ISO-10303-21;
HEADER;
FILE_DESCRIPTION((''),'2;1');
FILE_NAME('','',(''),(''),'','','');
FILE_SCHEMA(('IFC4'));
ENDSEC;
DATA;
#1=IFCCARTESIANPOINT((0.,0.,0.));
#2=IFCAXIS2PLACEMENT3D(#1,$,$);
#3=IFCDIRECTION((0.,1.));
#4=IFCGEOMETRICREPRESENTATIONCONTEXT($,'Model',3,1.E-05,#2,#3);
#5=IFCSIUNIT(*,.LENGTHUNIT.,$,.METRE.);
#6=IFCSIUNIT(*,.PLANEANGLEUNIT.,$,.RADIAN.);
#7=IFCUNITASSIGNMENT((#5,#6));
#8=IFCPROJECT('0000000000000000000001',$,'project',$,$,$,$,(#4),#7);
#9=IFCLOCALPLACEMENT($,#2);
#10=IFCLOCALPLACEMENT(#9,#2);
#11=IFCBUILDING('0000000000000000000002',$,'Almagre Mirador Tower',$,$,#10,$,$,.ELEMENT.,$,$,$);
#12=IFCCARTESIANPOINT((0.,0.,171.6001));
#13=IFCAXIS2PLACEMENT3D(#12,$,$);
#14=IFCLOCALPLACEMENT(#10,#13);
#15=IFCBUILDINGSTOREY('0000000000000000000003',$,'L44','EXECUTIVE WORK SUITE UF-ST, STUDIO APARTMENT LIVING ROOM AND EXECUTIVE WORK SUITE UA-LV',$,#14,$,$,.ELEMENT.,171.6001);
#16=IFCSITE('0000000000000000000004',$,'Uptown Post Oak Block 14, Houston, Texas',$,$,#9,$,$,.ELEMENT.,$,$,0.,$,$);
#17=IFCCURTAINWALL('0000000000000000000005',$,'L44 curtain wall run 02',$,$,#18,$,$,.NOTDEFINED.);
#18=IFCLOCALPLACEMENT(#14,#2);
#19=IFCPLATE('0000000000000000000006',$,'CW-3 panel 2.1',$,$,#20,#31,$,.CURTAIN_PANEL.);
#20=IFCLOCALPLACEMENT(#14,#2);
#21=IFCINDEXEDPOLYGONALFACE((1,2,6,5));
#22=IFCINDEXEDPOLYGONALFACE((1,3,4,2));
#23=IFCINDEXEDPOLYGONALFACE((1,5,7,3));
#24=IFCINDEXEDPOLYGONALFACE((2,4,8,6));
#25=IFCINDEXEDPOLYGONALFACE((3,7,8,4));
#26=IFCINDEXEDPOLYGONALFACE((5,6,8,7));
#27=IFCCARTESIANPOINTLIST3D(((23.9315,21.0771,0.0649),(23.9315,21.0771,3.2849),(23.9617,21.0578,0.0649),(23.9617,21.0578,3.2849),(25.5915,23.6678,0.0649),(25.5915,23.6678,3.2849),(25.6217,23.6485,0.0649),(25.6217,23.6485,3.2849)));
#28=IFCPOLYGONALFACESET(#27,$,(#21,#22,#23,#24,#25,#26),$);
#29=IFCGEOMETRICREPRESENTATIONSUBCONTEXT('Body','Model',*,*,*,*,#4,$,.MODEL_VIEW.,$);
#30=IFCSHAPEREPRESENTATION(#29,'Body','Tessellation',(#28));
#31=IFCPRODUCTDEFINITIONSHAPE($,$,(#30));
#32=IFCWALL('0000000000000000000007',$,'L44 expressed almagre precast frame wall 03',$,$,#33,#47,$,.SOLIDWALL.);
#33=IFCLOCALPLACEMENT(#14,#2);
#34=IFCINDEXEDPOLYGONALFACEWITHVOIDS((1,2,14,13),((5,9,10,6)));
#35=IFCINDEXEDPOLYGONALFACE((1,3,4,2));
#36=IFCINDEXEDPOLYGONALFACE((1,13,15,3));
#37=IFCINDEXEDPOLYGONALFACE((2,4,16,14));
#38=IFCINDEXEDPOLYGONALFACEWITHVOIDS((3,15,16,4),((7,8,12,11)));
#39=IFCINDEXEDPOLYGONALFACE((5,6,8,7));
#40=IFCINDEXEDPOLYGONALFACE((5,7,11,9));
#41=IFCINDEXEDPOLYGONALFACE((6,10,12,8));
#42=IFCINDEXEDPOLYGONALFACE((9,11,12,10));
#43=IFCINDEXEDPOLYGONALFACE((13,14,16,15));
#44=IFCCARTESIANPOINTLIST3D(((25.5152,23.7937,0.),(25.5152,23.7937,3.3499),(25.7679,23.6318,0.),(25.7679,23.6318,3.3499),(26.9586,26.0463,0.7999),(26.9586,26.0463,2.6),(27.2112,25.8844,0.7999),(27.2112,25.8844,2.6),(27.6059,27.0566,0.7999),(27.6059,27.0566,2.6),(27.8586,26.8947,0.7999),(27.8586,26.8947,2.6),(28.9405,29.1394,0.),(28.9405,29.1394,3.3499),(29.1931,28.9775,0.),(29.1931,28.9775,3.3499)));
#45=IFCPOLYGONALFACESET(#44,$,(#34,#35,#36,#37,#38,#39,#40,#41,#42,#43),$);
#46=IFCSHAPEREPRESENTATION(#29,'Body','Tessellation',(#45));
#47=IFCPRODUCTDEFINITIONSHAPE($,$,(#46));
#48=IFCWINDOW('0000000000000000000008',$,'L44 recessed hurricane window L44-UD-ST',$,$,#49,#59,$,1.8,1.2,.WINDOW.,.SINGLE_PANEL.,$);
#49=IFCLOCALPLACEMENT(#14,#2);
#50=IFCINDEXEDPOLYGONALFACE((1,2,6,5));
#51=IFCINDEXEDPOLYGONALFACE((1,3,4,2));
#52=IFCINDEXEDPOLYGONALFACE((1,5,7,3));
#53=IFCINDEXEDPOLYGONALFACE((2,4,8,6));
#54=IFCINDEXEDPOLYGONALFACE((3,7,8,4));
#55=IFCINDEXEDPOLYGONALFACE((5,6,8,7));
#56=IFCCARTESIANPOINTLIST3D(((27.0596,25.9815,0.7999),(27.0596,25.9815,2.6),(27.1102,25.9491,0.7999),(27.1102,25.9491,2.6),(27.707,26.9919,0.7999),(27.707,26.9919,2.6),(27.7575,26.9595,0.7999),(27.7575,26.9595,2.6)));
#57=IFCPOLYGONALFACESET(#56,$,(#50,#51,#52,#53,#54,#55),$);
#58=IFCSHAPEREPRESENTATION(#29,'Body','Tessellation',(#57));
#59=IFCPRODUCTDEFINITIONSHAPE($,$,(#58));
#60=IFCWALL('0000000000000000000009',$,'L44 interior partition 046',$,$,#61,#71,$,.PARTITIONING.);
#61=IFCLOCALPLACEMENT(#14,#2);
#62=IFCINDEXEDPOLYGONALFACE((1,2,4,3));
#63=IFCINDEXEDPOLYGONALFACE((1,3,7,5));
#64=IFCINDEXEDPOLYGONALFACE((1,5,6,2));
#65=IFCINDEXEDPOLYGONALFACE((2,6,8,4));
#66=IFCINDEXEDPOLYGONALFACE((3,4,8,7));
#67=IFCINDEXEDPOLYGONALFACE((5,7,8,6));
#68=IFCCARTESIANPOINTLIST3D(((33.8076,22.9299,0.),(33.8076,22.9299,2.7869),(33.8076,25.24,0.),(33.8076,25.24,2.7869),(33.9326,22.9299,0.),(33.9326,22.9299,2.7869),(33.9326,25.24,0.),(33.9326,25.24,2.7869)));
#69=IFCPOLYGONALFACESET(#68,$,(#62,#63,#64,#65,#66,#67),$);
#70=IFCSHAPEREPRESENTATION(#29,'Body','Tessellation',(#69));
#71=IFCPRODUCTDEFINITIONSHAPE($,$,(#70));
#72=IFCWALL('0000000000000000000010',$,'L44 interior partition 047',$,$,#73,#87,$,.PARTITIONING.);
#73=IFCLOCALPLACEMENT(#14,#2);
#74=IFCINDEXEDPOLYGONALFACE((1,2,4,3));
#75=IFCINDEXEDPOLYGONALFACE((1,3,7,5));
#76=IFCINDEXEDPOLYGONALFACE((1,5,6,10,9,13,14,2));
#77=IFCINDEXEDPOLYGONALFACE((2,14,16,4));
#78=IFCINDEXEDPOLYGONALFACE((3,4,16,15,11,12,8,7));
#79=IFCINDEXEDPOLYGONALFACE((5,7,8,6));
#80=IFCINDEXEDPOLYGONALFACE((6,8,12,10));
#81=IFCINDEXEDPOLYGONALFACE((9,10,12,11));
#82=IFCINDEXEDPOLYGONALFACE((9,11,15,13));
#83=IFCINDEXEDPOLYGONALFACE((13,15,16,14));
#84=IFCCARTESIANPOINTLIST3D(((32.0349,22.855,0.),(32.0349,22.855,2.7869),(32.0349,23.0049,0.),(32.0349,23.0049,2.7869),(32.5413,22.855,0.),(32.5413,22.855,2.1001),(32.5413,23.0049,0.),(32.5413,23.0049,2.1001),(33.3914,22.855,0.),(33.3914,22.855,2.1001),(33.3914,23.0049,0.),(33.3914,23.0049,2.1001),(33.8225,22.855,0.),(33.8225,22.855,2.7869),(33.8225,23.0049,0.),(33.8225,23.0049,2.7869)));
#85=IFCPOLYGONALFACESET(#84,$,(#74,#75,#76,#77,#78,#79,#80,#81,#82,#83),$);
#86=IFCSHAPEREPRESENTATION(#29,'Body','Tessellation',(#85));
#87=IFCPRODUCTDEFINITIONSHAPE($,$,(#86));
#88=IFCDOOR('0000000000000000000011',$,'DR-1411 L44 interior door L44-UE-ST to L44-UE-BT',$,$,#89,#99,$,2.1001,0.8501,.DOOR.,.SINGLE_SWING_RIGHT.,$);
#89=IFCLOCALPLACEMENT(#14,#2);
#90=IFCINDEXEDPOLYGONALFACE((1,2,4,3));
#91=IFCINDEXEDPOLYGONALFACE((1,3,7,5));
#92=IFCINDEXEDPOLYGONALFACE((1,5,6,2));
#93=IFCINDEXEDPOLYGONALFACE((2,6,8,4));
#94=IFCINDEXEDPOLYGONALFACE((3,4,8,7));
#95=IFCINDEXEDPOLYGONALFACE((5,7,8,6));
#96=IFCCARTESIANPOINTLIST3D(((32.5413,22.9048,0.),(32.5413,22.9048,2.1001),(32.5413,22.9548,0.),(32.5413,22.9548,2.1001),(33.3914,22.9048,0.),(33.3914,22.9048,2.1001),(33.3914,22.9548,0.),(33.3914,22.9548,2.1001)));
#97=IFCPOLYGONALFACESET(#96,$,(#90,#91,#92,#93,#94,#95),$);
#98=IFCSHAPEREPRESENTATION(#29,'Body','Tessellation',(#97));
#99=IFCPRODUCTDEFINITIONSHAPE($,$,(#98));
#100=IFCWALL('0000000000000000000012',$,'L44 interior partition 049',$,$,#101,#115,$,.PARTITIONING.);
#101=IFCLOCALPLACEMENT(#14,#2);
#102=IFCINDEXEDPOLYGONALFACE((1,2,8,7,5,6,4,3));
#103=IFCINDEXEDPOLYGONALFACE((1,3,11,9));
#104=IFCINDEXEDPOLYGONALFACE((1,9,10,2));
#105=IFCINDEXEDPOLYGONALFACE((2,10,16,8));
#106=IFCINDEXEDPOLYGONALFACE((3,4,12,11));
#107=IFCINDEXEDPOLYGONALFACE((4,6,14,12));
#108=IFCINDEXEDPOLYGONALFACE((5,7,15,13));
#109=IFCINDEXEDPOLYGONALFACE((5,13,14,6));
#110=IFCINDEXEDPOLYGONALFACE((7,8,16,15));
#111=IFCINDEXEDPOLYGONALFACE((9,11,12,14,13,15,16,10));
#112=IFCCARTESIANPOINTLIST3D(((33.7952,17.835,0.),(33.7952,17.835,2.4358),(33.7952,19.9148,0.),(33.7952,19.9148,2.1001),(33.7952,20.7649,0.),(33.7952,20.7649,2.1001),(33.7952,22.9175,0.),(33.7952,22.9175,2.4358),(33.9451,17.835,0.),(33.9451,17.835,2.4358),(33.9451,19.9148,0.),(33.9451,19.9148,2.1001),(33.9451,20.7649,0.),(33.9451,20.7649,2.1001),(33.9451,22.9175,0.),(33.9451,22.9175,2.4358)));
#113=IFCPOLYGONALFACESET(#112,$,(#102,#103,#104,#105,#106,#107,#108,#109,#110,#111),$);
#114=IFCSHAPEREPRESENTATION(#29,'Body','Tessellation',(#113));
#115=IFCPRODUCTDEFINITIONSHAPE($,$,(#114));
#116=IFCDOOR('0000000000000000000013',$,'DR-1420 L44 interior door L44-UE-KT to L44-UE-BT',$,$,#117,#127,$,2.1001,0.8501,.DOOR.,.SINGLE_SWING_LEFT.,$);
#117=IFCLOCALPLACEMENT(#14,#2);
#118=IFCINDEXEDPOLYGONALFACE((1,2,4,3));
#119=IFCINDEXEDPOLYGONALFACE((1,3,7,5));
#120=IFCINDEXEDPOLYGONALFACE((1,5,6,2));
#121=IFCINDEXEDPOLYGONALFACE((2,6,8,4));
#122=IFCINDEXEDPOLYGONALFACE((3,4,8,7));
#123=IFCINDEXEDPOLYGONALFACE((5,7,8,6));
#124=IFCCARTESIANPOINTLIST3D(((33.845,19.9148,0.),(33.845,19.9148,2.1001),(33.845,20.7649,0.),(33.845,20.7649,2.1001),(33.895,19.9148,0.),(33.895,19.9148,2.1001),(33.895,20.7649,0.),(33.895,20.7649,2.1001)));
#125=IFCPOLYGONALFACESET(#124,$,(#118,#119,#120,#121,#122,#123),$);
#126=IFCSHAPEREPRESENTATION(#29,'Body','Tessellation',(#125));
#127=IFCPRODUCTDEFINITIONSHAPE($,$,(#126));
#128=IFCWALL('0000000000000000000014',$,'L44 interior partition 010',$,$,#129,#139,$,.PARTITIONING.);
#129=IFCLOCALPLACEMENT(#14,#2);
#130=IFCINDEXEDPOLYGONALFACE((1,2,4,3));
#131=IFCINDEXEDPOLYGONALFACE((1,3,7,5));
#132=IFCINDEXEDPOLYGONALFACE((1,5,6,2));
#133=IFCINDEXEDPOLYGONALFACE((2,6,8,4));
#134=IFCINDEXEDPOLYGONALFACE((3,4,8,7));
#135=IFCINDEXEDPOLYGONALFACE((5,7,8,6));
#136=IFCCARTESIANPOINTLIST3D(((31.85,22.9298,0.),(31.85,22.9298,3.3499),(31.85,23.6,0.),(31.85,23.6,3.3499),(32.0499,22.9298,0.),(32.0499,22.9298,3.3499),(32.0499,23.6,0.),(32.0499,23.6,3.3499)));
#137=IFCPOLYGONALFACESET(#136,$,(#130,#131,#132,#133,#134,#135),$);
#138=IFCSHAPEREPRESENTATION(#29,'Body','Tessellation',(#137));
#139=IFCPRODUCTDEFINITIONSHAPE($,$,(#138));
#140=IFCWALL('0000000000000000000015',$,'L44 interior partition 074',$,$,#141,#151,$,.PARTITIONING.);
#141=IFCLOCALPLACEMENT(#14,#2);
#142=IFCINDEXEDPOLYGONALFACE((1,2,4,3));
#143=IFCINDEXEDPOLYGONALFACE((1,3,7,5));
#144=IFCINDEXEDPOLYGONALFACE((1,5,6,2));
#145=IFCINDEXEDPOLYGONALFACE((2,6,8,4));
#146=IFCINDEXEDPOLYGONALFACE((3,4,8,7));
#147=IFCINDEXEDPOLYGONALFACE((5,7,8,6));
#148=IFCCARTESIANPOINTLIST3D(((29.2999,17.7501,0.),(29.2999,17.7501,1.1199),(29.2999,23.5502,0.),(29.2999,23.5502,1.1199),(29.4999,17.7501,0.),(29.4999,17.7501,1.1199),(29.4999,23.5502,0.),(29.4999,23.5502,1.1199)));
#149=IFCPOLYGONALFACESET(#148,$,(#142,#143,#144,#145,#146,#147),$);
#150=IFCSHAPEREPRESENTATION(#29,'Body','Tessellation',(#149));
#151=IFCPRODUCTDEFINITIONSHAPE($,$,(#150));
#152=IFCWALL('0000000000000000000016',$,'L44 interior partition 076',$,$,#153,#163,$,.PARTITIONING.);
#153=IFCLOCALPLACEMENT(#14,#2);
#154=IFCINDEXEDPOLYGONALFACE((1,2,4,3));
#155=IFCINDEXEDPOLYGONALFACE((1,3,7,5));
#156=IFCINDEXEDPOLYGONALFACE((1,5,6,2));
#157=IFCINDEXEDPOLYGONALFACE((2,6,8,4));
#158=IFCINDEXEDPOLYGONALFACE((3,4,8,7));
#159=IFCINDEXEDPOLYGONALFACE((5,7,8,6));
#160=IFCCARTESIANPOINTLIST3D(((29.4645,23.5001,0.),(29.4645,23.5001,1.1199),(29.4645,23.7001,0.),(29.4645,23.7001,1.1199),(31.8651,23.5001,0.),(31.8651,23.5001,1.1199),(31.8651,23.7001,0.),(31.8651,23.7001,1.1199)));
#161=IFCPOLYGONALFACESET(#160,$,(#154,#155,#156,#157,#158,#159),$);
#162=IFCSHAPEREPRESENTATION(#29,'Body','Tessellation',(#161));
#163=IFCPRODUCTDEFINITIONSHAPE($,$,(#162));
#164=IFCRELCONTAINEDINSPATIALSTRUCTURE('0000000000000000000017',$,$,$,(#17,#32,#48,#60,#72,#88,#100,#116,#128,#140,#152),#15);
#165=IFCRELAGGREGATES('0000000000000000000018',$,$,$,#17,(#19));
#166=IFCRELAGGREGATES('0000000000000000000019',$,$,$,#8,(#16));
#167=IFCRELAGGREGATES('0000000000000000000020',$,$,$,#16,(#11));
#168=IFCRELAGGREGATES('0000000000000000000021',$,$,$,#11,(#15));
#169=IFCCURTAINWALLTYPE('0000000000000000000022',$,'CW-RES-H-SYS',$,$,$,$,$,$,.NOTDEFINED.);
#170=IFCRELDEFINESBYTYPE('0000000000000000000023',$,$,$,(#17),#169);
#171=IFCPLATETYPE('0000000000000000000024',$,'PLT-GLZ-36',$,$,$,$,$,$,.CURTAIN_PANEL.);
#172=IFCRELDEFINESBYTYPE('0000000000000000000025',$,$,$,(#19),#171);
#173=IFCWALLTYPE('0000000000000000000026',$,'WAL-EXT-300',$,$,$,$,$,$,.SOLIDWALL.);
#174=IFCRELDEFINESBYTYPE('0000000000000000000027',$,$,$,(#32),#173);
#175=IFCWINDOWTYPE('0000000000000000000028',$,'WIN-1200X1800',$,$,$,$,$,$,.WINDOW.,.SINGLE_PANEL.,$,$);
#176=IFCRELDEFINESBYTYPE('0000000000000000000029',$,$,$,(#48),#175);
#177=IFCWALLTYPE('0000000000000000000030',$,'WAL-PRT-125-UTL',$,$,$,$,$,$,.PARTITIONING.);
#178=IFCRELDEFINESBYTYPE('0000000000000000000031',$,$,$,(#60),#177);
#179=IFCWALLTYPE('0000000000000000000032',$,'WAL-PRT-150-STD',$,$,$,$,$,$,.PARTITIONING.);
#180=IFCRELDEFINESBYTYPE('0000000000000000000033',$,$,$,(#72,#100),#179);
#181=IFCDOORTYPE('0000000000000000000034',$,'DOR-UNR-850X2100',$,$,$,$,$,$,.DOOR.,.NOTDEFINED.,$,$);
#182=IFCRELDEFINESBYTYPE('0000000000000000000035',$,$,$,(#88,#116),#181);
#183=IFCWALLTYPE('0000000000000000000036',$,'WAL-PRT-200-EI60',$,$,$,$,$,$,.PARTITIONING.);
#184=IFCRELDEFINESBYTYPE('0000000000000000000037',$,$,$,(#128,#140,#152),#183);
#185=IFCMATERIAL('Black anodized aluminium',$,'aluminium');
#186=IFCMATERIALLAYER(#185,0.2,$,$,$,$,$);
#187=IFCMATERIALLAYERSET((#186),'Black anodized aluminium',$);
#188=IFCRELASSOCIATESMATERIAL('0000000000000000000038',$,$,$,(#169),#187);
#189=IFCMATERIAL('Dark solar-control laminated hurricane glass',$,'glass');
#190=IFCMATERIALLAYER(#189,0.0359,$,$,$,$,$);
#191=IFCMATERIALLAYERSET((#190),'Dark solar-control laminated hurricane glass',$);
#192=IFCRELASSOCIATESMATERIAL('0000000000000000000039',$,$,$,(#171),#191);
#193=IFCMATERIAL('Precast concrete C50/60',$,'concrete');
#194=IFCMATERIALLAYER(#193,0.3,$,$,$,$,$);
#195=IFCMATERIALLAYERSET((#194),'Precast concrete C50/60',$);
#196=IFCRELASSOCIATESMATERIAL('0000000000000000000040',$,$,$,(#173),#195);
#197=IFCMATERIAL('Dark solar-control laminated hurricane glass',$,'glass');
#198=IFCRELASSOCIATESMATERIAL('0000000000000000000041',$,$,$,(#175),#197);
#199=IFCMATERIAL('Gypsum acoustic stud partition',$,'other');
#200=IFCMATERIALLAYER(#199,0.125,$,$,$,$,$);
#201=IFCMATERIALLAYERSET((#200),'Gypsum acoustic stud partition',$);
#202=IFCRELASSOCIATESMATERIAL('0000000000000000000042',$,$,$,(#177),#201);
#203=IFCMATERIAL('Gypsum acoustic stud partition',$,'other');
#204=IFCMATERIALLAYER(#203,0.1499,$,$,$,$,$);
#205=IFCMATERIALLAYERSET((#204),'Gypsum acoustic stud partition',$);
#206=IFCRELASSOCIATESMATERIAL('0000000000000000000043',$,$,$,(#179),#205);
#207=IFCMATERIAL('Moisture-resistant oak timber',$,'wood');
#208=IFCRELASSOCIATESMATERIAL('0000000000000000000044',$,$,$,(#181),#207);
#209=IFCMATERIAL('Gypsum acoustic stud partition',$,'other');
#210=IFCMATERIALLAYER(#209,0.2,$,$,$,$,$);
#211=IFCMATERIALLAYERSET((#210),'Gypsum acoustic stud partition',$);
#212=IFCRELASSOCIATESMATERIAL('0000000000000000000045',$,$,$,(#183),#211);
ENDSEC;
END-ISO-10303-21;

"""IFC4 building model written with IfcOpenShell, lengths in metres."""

from ifc_helpers import new_model, si_unit, direction, frame, frame_2d, origin, origin_2d, place, context, subcontext, project, spatial, rectangle, extrude, material, layer, layer_set, type_object, element, fill, aggregate, save


model = new_model("IFC4")

# Units and contexts
model_context = context("Model", 3, precision=1e-05, world=origin(), true_north=direction((0.0, 1.0)))
body_context = subcontext(model_context, "Body", "Model", "MODEL_VIEW")
ifc_project = project(units=[si_unit("LENGTHUNIT", "METRE"), si_unit("PLANEANGLEUNIT", "RADIAN")], contexts=[model_context])

# Site, building, storey
site_placement = place(None, origin())
site = spatial("IfcSite", under=ifc_project, at=site_placement, Name="Uptown Post Oak Block 14, Houston, Texas", CompositionType="ELEMENT", RefElevation=0.0)
building_placement = place(site_placement, origin())
building = spatial("IfcBuilding", under=site, at=building_placement, Name="Almagre Mirador Tower", CompositionType="ELEMENT")
storey_placement = place(building_placement, frame((0.0, 0.0, 171.6001)))
storey = spatial("IfcBuildingStorey", under=building, at=storey_placement, Name="L44", Description="EXECUTIVE WORK SUITE UF-ST, STUDIO APARTMENT LIVING ROOM AND EXECUTIVE WORK SUITE UA-LV", CompositionType="ELEMENT", Elevation=171.6001)

# Curtain wall, plate
ifc_material_1 = material(Name="Black anodized aluminium", Category="aluminium")
ifc_layer_1 = layer(ifc_material_1, 0.2)
ifc_layer_set_1 = layer_set([ifc_layer_1], Name="Black anodized aluminium")
curtain_wall_type = type_object("IfcCurtainWallType", Name="CW-RES-H-SYS", PredefinedType="NOTDEFINED", material=ifc_layer_set_1)
curtain_wall_placement = place(storey_placement, origin())
curtain_wall = element("IfcCurtainWall", 1, at=curtain_wall_placement, inside=storey, type_object=curtain_wall_type, Name="L44 curtain wall run 02", PredefinedType="NOTDEFINED")
ifc_material_2 = material(Name="Dark solar-control laminated hurricane glass", Category="glass")
ifc_layer_2 = layer(ifc_material_2, 0.0359)
ifc_layer_set_2 = layer_set([ifc_layer_2], Name="Dark solar-control laminated hurricane glass")
plate_type = type_object("IfcPlateType", Name="PLT-GLZ-36", PredefinedType="CURTAIN_PANEL", material=ifc_layer_set_2)
plate_1_placement = place(storey_placement, frame((24.7766, 22.3628, 0.0649), z_axis=(0.0, 0.0, 1.0), x_axis=(0.539495, 0.841989, 0.0)))
plate_1 = element("IfcPlate", 2, at=plate_1_placement, type_object=plate_type, Name="CW-3 panel 2.1", PredefinedType="CURTAIN_PANEL", context=body_context, shape_type="SweptSolid", body=[
    extrude(rectangle(XDim=3.0769, YDim=0.0359, at=origin_2d()), origin(), (0.0, 0.0, 1.0), 3.22),
])
aggregate(curtain_wall, [plate_1])

# Wall, opening, window
ifc_material_3 = material(Name="Precast concrete C50/60", Category="concrete")
ifc_layer_3 = layer(ifc_material_3, 0.3)
ifc_layer_set_3 = layer_set([ifc_layer_3], Name="Precast concrete C50/60")
wall_type_1 = type_object("IfcWallType", Name="WAL-EXT-300", PredefinedType="SOLIDWALL", material=ifc_layer_set_3)
wall_1_placement = place(storey_placement, frame((25.6416, 23.7129, 0.0), z_axis=(0.0, 0.0, 1.0), x_axis=(0.539505, 0.841982, 0.0)))
wall_1 = element("IfcWall", 3, at=wall_1_placement, inside=storey, type_object=wall_type_1, Name="L44 expressed almagre precast frame wall 03", PredefinedType="SOLIDWALL", context=body_context, shape_type="SweptSolid", body=[
    extrude(rectangle(XDim=6.3489, YDim=0.3, at=frame_2d((3.1743, 0.0))), origin(), (0.0, 0.0, 1.0), 3.3499),
])
opening_1_placement = place(wall_1_placement, frame((2.675, 0.0, 0.8)))
opening_1 = element("IfcOpeningElement", 4, at=opening_1_placement, cuts=wall_1, PredefinedType="OPENING", context=body_context, shape_type="SweptSolid", body=[
    extrude(rectangle(XDim=1.2, YDim=1.8, at=frame_2d((0.6001, 0.8999))), frame((0.0, 0.1599, 0.0), z_axis=(0.0, -1.0, 0.0), x_axis=(1.0, 0.0, 0.0)), (0.0, 0.0, 1.0), 0.32),
])
ifc_material_4 = material(Name="Dark solar-control laminated hurricane glass", Category="glass")
window_type = type_object("IfcWindowType", Name="WIN-1200X1800", PartitioningType="SINGLE_PANEL", PredefinedType="WINDOW", material=ifc_material_4)
window_placement = place(opening_1_placement, origin())
window = element("IfcWindow", 5, at=window_placement, inside=storey, type_object=window_type, Name="L44 recessed hurricane window L44-UD-ST", OverallHeight=1.8, OverallWidth=1.2, PartitioningType="SINGLE_PANEL", PredefinedType="WINDOW", context=body_context, shape_type="SweptSolid", body=[
    extrude(rectangle(XDim=1.2, YDim=1.8, at=frame_2d((0.6001, 0.8999))), frame((0.0, 0.03, 0.0), z_axis=(0.0, -1.0, 0.0), x_axis=(1.0, 0.0, 0.0)), (0.0, 0.0, 1.0), 0.0601),
])
fill(opening_1, window)

# Wall
ifc_material_5 = material(Name="Gypsum acoustic stud partition", Category="other")
ifc_layer_4 = layer(ifc_material_5, 0.125)
ifc_layer_set_4 = layer_set([ifc_layer_4], Name="Gypsum acoustic stud partition")
wall_type_2 = type_object("IfcWallType", Name="WAL-PRT-125-UTL", PredefinedType="PARTITIONING", material=ifc_layer_set_4)
wall_2_placement = place(storey_placement, frame((33.8701, 22.9299, 0.0), z_axis=(0.0, 0.0, 1.0), x_axis=(0.0, 1.0, 0.0)))
element("IfcWall", 6, at=wall_2_placement, inside=storey, type_object=wall_type_2, Name="L44 interior partition 046", PredefinedType="PARTITIONING", context=body_context, shape_type="SweptSolid", body=[
    extrude(rectangle(XDim=2.3101, YDim=0.125, at=frame_2d((1.155, 0.0))), origin(), (0.0, 0.0, 1.0), 2.7869),
])

# Walls, openings, doors
ifc_material_6 = material(Name="Gypsum acoustic stud partition", Category="other")
ifc_layer_5 = layer(ifc_material_6, 0.1499)
ifc_layer_set_5 = layer_set([ifc_layer_5], Name="Gypsum acoustic stud partition")
wall_type_3 = type_object("IfcWallType", Name="WAL-PRT-150-STD", PredefinedType="PARTITIONING", material=ifc_layer_set_5)
wall_3_placement = place(storey_placement, frame((32.0349, 22.9299, 0.0), z_axis=(0.0, 0.0, 1.0), x_axis=(1.0, 0.0, 0.0)))
wall_3 = element("IfcWall", 7, at=wall_3_placement, inside=storey, type_object=wall_type_3, Name="L44 interior partition 047", PredefinedType="PARTITIONING", context=body_context, shape_type="SweptSolid", body=[
    extrude(rectangle(XDim=1.7876, YDim=0.1499, at=frame_2d((0.8938, 0.0))), origin(), (0.0, 0.0, 1.0), 2.7869),
])
opening_2_placement = place(wall_3_placement, frame((0.5063, 0.0, 0.0)))
opening_2 = element("IfcOpeningElement", 8, at=opening_2_placement, cuts=wall_3, PredefinedType="OPENING", context=body_context, shape_type="SweptSolid", body=[
    extrude(rectangle(XDim=0.8501, YDim=2.1001, at=frame_2d((0.425, 1.05))), frame((0.0, 0.085, 0.0), z_axis=(0.0, -1.0, 0.0), x_axis=(1.0, 0.0, 0.0)), (0.0, 0.0, 1.0), 0.1699),
])
ifc_material_7 = material(Name="Moisture-resistant oak timber", Category="wood")
door_type = type_object("IfcDoorType", Name="DOR-UNR-850X2100", OperationType="NOTDEFINED", PredefinedType="DOOR", material=ifc_material_7)
door_1_placement = place(opening_2_placement, origin())
door_1 = element("IfcDoor", 9, at=door_1_placement, inside=storey, type_object=door_type, Name="DR-1411 L44 interior door L44-UE-ST to L44-UE-BT", OperationType="SINGLE_SWING_RIGHT", OverallHeight=2.1001, OverallWidth=0.8501, PredefinedType="DOOR", context=body_context, shape_type="SweptSolid", body=[
    extrude(rectangle(XDim=0.8501, YDim=2.1001, at=frame_2d((0.425, 1.05))), frame((0.0, 0.0249, 0.0), z_axis=(0.0, -1.0, 0.0), x_axis=(1.0, 0.0, 0.0)), (0.0, 0.0, 1.0), 0.05),
])
fill(opening_2, door_1)
wall_4_placement = place(storey_placement, frame((33.8701, 22.9175, 0.0), z_axis=(0.0, 0.0, 1.0), x_axis=(0.0, -1.0, 0.0)))
wall_4 = element("IfcWall", 10, at=wall_4_placement, inside=storey, type_object=wall_type_3, Name="L44 interior partition 049", PredefinedType="PARTITIONING", context=body_context, shape_type="SweptSolid", body=[
    extrude(rectangle(XDim=5.0825, YDim=0.1499, at=frame_2d((2.5413, 0.0))), origin(), (0.0, 0.0, 1.0), 2.4358),
])
opening_3_placement = place(wall_4_placement, frame((2.1526, 0.0, 0.0)))
opening_3 = element("IfcOpeningElement", 11, at=opening_3_placement, cuts=wall_4, PredefinedType="OPENING", context=body_context, shape_type="SweptSolid", body=[
    extrude(rectangle(XDim=0.8501, YDim=2.1001, at=frame_2d((0.425, 1.05))), frame((0.0, 0.085, 0.0), z_axis=(0.0, -1.0, 0.0), x_axis=(1.0, 0.0, 0.0)), (0.0, 0.0, 1.0), 0.1699),
])
door_2_placement = place(opening_3_placement, origin())
door_2 = element("IfcDoor", 12, at=door_2_placement, inside=storey, type_object=door_type, Name="DR-1420 L44 interior door L44-UE-KT to L44-UE-BT", OperationType="SINGLE_SWING_LEFT", OverallHeight=2.1001, OverallWidth=0.8501, PredefinedType="DOOR", context=body_context, shape_type="SweptSolid", body=[
    extrude(rectangle(XDim=0.8501, YDim=2.1001, at=frame_2d((0.425, 1.05))), frame((0.0, 0.0249, 0.0), z_axis=(0.0, -1.0, 0.0), x_axis=(1.0, 0.0, 0.0)), (0.0, 0.0, 1.0), 0.05),
])
fill(opening_3, door_2)

# Walls
ifc_material_8 = material(Name="Gypsum acoustic stud partition", Category="other")
ifc_layer_6 = layer(ifc_material_8, 0.2)
ifc_layer_set_6 = layer_set([ifc_layer_6], Name="Gypsum acoustic stud partition")
wall_type_4 = type_object("IfcWallType", Name="WAL-PRT-200-EI60", PredefinedType="PARTITIONING", material=ifc_layer_set_6)
wall_5_placement = place(storey_placement, frame((31.95, 22.9299, 0.0), z_axis=(0.0, 0.0, 1.0), x_axis=(0.0, 1.0, 0.0)))
element("IfcWall", 13, at=wall_5_placement, inside=storey, type_object=wall_type_4, Name="L44 interior partition 010", PredefinedType="PARTITIONING", context=body_context, shape_type="SweptSolid", body=[
    extrude(rectangle(XDim=0.6702, YDim=0.2, at=frame_2d((0.335, 0.0))), origin(), (0.0, 0.0, 1.0), 3.3499),
])
wall_6_placement = place(storey_placement, frame((29.3999, 23.55, 0.0), z_axis=(0.0, 0.0, 1.0), x_axis=(0.0, -1.0, 0.0)))
element("IfcWall", 14, at=wall_6_placement, inside=storey, type_object=wall_type_4, Name="L44 interior partition 074", PredefinedType="PARTITIONING", context=body_context, shape_type="SweptSolid", body=[
    extrude(rectangle(XDim=5.8, YDim=0.2, at=frame_2d((2.8999, 0.0))), origin(), (0.0, 0.0, 1.0), 1.1199),
])
wall_7_placement = place(storey_placement, frame((31.865, 23.6001, 0.0), z_axis=(0.0, 0.0, 1.0), x_axis=(-1.0, 0.0, 0.0)))
element("IfcWall", 15, at=wall_7_placement, inside=storey, type_object=wall_type_4, Name="L44 interior partition 076", PredefinedType="PARTITIONING", context=body_context, shape_type="SweptSolid", body=[
    extrude(rectangle(XDim=2.4006, YDim=0.2, at=frame_2d((1.2002, 0.0))), origin(), (0.0, 0.0, 1.0), 1.1199),
])

save(model, "model.ifc")
